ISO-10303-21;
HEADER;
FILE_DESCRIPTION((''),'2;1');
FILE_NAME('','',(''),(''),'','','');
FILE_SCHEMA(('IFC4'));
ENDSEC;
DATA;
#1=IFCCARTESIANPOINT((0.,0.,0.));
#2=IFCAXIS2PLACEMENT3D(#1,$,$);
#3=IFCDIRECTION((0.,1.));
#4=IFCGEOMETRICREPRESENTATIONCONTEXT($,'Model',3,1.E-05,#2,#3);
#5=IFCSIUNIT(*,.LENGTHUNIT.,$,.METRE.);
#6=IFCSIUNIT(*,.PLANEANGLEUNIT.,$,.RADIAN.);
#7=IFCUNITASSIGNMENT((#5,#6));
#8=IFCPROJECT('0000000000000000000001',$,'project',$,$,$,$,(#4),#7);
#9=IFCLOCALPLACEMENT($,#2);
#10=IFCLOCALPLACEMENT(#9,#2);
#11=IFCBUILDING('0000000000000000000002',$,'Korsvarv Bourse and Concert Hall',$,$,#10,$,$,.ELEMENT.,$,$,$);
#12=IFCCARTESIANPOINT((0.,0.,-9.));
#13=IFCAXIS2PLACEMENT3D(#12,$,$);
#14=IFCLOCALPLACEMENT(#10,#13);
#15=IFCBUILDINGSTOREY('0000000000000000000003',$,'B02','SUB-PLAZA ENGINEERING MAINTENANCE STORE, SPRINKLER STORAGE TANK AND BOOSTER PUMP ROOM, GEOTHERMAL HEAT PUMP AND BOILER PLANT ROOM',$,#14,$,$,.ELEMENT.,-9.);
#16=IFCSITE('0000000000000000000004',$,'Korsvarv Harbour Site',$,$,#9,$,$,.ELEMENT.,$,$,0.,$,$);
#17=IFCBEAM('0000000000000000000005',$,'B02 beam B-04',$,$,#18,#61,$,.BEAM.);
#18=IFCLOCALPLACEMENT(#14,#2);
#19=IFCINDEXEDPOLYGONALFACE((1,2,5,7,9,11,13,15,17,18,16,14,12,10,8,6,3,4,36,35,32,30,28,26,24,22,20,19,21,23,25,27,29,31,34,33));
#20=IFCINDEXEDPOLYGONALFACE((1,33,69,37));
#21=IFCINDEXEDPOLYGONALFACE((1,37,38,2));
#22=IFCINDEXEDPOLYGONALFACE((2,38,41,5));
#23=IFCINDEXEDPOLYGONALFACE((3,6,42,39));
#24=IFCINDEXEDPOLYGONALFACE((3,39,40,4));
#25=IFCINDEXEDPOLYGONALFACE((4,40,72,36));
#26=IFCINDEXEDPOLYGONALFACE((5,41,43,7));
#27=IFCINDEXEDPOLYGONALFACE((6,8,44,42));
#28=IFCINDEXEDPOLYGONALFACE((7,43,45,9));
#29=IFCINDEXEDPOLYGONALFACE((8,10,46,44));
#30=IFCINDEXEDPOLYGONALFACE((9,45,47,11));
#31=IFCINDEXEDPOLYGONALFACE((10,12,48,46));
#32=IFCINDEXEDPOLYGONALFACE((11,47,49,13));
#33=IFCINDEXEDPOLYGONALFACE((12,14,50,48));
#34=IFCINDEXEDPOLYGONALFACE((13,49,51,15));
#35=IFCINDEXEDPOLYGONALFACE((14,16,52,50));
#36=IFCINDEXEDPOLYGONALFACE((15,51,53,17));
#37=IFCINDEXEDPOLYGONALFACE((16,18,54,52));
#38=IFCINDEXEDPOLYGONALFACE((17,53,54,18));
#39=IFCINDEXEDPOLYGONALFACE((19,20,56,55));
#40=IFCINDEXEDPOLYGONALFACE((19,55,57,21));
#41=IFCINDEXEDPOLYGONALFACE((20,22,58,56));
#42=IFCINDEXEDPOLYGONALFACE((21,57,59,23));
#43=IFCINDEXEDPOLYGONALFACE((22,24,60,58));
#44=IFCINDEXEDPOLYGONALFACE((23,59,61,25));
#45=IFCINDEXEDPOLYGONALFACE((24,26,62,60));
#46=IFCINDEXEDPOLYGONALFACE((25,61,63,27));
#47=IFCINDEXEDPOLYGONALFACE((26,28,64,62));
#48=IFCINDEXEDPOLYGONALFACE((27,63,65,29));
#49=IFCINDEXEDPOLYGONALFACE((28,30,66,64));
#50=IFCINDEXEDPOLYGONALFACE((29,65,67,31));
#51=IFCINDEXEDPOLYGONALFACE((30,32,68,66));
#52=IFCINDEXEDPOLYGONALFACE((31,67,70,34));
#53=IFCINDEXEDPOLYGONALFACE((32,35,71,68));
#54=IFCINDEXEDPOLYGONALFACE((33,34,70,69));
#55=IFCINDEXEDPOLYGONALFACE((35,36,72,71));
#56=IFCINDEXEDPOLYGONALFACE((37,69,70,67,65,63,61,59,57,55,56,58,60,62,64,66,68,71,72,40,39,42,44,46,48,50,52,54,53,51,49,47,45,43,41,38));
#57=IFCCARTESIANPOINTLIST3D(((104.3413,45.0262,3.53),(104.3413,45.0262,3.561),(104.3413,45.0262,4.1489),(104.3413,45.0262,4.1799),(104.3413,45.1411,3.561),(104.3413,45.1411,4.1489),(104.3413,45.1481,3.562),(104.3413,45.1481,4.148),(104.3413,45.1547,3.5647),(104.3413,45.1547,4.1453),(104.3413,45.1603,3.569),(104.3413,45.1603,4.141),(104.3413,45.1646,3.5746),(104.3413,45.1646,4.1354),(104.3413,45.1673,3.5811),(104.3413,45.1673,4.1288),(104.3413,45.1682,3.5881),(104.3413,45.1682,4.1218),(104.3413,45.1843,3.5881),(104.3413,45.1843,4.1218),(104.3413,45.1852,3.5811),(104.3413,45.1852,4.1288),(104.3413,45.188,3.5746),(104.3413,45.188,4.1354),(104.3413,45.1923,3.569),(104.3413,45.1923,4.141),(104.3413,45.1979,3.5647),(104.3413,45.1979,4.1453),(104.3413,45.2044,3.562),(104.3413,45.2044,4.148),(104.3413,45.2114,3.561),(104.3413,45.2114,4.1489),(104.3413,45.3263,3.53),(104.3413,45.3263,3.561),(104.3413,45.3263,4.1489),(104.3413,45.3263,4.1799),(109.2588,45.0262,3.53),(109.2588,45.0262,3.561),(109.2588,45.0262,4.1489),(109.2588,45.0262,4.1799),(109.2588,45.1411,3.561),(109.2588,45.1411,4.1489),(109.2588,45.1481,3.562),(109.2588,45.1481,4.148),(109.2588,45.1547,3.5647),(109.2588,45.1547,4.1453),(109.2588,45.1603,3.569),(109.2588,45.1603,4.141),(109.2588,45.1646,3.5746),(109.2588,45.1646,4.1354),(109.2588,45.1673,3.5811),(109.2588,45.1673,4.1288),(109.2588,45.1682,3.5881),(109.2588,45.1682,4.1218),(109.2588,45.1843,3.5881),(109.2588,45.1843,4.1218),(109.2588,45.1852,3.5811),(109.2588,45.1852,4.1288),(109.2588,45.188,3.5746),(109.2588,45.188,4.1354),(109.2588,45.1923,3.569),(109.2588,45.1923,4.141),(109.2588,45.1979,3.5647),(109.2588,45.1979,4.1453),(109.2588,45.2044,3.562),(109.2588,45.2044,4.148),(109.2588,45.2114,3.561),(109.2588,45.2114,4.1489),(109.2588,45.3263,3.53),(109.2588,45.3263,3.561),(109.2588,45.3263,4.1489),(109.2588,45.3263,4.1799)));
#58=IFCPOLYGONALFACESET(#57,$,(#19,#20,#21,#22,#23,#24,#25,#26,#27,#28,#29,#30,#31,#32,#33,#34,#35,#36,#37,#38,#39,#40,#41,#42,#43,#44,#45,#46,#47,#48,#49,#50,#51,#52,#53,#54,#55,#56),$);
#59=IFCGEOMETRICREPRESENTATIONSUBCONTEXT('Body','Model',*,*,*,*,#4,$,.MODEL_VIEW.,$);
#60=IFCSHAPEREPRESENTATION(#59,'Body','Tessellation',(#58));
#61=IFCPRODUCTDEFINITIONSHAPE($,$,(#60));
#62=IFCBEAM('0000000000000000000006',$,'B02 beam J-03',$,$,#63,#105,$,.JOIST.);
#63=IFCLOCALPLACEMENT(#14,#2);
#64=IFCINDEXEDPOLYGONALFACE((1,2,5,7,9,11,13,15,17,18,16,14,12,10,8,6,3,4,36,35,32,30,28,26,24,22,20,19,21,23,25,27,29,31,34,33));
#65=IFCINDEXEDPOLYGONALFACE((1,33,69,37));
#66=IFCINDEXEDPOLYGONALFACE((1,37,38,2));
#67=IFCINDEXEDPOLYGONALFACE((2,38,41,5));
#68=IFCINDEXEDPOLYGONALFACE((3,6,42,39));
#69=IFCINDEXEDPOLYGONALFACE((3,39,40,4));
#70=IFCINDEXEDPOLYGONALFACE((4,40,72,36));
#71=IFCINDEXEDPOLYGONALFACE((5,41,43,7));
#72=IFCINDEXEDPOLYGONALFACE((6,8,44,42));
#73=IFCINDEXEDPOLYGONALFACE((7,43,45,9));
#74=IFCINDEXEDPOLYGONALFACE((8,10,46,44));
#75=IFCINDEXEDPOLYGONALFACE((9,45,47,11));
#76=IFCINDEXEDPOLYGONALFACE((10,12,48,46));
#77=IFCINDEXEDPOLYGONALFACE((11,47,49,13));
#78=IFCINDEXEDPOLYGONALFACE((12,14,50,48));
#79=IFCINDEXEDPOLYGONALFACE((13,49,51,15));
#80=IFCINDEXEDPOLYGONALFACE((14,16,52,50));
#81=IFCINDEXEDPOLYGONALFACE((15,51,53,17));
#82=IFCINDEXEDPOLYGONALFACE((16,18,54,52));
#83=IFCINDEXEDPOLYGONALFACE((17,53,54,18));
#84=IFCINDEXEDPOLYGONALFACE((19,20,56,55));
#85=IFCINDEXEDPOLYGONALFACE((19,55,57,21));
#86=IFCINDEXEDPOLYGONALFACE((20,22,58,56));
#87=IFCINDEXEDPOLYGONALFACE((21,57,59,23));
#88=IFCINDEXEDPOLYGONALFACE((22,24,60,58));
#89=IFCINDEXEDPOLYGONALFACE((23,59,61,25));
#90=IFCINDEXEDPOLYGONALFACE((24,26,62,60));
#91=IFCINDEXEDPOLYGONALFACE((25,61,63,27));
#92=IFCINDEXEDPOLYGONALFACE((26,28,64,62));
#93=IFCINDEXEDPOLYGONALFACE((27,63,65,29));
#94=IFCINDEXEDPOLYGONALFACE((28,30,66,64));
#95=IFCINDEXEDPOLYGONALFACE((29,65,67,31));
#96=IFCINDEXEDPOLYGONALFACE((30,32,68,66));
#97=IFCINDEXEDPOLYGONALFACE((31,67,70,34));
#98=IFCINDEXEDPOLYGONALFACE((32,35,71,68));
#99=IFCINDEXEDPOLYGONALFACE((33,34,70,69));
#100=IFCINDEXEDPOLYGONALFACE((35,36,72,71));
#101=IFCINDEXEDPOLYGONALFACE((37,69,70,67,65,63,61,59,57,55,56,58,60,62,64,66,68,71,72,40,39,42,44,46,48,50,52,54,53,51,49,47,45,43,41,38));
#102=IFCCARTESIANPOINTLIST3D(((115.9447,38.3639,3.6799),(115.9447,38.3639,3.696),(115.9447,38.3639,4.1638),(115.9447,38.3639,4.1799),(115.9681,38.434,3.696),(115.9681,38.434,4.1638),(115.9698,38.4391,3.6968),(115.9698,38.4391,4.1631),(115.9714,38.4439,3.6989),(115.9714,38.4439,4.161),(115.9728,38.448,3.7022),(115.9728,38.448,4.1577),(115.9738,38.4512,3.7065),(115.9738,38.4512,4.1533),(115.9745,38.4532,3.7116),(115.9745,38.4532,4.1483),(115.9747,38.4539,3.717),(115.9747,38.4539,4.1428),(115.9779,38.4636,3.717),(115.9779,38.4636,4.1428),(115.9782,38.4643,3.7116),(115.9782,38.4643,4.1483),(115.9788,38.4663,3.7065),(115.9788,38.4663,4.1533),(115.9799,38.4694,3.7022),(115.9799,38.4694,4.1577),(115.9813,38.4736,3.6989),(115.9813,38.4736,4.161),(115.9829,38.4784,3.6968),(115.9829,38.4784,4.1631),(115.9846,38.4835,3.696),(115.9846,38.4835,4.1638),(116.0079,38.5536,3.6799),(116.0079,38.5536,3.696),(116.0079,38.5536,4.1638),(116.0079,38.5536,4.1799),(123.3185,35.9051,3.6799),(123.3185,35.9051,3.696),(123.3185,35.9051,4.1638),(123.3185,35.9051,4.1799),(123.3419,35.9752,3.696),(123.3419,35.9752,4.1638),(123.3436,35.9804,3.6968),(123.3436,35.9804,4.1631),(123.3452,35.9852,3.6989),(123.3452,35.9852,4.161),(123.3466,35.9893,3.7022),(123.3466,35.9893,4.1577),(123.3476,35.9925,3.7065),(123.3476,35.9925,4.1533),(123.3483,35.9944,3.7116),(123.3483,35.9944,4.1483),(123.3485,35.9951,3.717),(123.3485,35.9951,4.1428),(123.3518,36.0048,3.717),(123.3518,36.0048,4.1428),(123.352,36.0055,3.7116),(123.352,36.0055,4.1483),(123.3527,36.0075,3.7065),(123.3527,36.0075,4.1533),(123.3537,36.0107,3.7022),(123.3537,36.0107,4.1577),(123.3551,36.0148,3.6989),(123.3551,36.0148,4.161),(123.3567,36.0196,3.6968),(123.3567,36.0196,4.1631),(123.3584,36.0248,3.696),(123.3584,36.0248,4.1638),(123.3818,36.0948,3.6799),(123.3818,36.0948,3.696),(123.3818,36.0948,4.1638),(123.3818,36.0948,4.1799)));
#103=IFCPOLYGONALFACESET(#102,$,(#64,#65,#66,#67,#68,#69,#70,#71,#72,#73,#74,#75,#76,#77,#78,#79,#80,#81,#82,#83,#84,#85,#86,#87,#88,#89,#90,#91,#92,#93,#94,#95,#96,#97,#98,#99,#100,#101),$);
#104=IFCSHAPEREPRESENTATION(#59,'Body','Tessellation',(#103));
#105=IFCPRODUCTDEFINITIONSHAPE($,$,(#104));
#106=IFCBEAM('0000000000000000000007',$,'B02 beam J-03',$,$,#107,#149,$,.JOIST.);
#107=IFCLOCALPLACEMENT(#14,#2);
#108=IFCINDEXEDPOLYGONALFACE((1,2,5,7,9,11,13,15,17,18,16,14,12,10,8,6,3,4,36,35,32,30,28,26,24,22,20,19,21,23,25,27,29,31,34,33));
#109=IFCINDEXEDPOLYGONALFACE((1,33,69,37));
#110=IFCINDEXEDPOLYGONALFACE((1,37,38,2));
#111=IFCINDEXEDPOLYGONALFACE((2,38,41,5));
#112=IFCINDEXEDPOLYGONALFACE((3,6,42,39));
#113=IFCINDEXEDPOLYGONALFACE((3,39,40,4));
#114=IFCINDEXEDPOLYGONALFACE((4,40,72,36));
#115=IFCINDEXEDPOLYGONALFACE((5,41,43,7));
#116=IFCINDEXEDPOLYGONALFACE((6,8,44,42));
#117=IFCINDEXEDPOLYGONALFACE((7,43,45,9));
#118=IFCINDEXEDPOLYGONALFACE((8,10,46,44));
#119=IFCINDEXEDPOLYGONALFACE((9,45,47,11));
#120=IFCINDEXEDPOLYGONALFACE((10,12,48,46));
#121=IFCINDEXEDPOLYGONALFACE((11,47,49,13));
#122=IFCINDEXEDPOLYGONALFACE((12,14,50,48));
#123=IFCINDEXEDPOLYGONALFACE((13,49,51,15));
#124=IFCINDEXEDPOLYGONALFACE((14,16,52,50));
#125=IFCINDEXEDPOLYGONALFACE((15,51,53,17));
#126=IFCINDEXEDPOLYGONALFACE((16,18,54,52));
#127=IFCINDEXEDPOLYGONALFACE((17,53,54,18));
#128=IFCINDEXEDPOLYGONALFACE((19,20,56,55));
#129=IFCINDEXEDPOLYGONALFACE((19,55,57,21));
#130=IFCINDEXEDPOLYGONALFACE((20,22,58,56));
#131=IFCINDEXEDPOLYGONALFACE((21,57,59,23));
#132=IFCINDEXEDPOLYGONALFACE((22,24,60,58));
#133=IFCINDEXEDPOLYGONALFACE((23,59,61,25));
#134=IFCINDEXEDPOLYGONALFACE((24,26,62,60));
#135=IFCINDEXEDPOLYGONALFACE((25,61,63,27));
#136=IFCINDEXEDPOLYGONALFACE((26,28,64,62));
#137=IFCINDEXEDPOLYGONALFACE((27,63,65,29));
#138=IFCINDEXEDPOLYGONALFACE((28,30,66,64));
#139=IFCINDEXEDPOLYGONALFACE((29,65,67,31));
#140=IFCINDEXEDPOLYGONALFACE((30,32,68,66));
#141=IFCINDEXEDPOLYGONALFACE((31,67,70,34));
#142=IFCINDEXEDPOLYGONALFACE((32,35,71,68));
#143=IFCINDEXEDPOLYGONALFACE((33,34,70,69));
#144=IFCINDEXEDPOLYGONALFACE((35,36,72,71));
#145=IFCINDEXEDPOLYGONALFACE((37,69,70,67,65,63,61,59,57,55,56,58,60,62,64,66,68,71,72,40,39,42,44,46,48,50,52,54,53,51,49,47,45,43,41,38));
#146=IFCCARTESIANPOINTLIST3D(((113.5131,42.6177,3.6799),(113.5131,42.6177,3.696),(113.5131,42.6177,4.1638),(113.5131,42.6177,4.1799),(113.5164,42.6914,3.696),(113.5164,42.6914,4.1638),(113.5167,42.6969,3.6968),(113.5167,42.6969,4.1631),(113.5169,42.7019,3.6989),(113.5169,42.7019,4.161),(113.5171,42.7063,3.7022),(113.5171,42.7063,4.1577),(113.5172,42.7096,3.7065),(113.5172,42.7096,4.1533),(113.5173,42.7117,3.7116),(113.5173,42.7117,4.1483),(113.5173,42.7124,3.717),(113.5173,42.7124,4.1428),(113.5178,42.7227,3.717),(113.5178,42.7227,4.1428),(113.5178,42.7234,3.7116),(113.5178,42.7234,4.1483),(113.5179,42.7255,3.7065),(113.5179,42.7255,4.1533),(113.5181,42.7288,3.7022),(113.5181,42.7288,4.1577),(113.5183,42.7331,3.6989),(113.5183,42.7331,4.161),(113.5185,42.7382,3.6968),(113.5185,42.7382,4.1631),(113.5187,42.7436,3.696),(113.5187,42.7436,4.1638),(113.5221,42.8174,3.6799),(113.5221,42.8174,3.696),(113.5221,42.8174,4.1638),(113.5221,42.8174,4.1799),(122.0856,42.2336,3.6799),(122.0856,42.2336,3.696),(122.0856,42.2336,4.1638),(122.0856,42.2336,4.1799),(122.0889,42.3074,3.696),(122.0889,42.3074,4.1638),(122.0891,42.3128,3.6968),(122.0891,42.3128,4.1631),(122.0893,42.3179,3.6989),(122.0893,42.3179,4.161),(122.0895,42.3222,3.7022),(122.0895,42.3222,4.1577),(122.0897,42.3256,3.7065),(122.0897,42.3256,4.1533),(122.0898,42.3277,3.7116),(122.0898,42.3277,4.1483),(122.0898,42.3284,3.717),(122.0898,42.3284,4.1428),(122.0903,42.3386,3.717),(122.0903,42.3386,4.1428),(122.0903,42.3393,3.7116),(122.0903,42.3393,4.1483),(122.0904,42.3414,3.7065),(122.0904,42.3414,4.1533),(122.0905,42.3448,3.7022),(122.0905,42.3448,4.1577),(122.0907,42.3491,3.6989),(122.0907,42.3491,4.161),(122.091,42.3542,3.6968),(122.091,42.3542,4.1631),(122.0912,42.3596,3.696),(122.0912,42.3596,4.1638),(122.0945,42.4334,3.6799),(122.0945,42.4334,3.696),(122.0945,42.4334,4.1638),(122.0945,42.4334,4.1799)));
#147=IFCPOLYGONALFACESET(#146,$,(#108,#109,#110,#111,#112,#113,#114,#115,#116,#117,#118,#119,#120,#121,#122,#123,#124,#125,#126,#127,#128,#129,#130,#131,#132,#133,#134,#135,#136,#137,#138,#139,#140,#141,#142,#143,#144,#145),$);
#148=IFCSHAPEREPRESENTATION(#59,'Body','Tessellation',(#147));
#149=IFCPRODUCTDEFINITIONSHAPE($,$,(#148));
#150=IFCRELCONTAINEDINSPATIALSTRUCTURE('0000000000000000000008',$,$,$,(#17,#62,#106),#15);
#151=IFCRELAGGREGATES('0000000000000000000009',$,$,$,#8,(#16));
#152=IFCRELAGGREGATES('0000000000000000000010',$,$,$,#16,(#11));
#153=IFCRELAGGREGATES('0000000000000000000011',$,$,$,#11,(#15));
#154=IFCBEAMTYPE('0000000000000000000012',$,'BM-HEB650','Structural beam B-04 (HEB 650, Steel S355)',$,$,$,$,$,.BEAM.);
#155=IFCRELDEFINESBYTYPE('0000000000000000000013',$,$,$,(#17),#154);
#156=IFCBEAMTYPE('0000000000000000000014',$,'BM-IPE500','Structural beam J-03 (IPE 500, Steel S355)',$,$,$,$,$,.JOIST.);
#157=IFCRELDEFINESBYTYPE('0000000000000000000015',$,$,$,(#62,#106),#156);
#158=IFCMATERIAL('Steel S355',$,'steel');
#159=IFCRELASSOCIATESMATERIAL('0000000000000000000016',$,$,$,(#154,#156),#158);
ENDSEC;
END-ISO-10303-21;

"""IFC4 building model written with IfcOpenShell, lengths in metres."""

from ifc_helpers import new_model, si_unit, direction, frame, origin, origin_2d, place, context, subcontext, project, spatial, i_section, extrude, source, transform, mapped, material, material_profile, profile_set, type_object, element, save


model = new_model("IFC4")

# Units and contexts
model_context = context("Model", 3, precision=1e-05, world=origin(), true_north=direction((0.0, 1.0)))
body_context = subcontext(model_context, "Body", "Model", "MODEL_VIEW")
ifc_project = project(units=[si_unit("LENGTHUNIT", "METRE"), si_unit("PLANEANGLEUNIT", "RADIAN")], contexts=[model_context])

# Site, building, storey
site_placement = place(None, origin())
site = spatial("IfcSite", under=ifc_project, at=site_placement, Name="Korsvarv Harbour Site", CompositionType="ELEMENT", RefElevation=0.0)
building_placement = place(site_placement, origin())
building = spatial("IfcBuilding", under=site, at=building_placement, Name="Korsvarv Bourse and Concert Hall", CompositionType="ELEMENT")
storey_placement = place(building_placement, frame((0.0, 0.0, -9.0)))
storey = spatial("IfcBuildingStorey", under=building, at=storey_placement, Name="B02", Description="SUB-PLAZA ENGINEERING MAINTENANCE STORE, SPRINKLER STORAGE TANK AND BOOSTER PUMP ROOM, GEOTHERMAL HEAT PUMP AND BOILER PLANT ROOM", CompositionType="ELEMENT", Elevation=-9.0)

# Beams
ifc_material_1 = material(Name="Steel S355", Category="steel")
ifc_material_profile_1 = material_profile(ifc_material_1, i_section(OverallWidth=0.3, OverallDepth=0.6499, WebThickness=0.0161, FlangeThickness=0.031, FilletRadius=0.0271, at=origin_2d()), Name="HEB 650")
ifc_profile_set_1 = profile_set([ifc_material_profile_1], Name="Steel S355")
beam_type_1 = type_object("IfcBeamType", Name="BM-HEB650", Description="Structural beam B-04 (HEB 650, Steel S355)", PredefinedType="BEAM", material=ifc_profile_set_1)
shared_shape_1 = source(origin(), body_context, "Body", "SweptSolid", [
    extrude(i_section(OverallWidth=0.3, OverallDepth=0.6499, WebThickness=0.0161, FlangeThickness=0.031, FilletRadius=0.0271, at=origin_2d()), origin(), (0.0, 0.0, 1.0), 4.9175),
])
for number, where, z_axis, x_axis, name in (
    (1, (109.2588, 45.1763, 3.855), (-1.0, 0.0, 0.0), (0.0, -1.0, 0.0), "B02 beam B-04"),
):
    element("IfcBeam", number, at=place(storey_placement, frame(where, z_axis=z_axis, x_axis=x_axis)), inside=storey, type_object=beam_type_1, Name=name, PredefinedType="BEAM", context=body_context, shape_type="MappedRepresentation", body=[
        mapped(shared_shape_1, transform((0.0, 0.0, 0.0), scale=1.0)),
    ])
ifc_material_profile_2 = material_profile(ifc_material_1, i_section(OverallWidth=0.2, OverallDepth=0.5, WebThickness=0.0103, FlangeThickness=0.0161, FilletRadius=0.021, at=origin_2d()), Name="IPE 500")
ifc_profile_set_2 = profile_set([ifc_material_profile_2], Name="Steel S355")
beam_type_2 = type_object("IfcBeamType", Name="BM-IPE500", Description="Structural beam J-03 (IPE 500, Steel S355)", PredefinedType="JOIST", material=ifc_profile_set_2)
shared_shape_2 = source(origin(), body_context, "Body", "SweptSolid", [
    extrude(i_section(OverallWidth=0.2, OverallDepth=0.5, WebThickness=0.0103, FlangeThickness=0.0161, FilletRadius=0.021, at=origin_2d()), origin(), (0.0, 0.0, 1.0), 7.7729),
])
beam_1_placement = place(storey_placement, frame((115.9763, 38.4587, 3.9299), z_axis=(0.948652, -0.316322, 0.0), x_axis=(0.316322, 0.948652, 0.0)))
element("IfcBeam", 2, at=beam_1_placement, inside=storey, type_object=beam_type_2, Name="B02 beam J-03", PredefinedType="JOIST", context=body_context, shape_type="MappedRepresentation", body=[
    mapped(shared_shape_2, transform((0.0, 0.0, 0.0), scale=1.0)),
])
shared_shape_3 = source(origin(), body_context, "Body", "SweptSolid", [
    extrude(i_section(OverallWidth=0.2, OverallDepth=0.5, WebThickness=0.0103, FlangeThickness=0.0161, FilletRadius=0.021, at=origin_2d()), origin(), (0.0, 0.0, 1.0), 8.5811),
])
beam_2_placement = place(storey_placement, frame((113.5176, 42.7175, 3.9299), z_axis=(0.998998, -0.044753, 0.0), x_axis=(0.044753, 0.998998, 0.0)))
element("IfcBeam", 3, at=beam_2_placement, inside=storey, type_object=beam_type_2, Name="B02 beam J-03", PredefinedType="JOIST", context=body_context, shape_type="MappedRepresentation", body=[
    mapped(shared_shape_3, transform((0.0, 0.0, 0.0), scale=1.0)),
])

save(model, "model.ifc")
